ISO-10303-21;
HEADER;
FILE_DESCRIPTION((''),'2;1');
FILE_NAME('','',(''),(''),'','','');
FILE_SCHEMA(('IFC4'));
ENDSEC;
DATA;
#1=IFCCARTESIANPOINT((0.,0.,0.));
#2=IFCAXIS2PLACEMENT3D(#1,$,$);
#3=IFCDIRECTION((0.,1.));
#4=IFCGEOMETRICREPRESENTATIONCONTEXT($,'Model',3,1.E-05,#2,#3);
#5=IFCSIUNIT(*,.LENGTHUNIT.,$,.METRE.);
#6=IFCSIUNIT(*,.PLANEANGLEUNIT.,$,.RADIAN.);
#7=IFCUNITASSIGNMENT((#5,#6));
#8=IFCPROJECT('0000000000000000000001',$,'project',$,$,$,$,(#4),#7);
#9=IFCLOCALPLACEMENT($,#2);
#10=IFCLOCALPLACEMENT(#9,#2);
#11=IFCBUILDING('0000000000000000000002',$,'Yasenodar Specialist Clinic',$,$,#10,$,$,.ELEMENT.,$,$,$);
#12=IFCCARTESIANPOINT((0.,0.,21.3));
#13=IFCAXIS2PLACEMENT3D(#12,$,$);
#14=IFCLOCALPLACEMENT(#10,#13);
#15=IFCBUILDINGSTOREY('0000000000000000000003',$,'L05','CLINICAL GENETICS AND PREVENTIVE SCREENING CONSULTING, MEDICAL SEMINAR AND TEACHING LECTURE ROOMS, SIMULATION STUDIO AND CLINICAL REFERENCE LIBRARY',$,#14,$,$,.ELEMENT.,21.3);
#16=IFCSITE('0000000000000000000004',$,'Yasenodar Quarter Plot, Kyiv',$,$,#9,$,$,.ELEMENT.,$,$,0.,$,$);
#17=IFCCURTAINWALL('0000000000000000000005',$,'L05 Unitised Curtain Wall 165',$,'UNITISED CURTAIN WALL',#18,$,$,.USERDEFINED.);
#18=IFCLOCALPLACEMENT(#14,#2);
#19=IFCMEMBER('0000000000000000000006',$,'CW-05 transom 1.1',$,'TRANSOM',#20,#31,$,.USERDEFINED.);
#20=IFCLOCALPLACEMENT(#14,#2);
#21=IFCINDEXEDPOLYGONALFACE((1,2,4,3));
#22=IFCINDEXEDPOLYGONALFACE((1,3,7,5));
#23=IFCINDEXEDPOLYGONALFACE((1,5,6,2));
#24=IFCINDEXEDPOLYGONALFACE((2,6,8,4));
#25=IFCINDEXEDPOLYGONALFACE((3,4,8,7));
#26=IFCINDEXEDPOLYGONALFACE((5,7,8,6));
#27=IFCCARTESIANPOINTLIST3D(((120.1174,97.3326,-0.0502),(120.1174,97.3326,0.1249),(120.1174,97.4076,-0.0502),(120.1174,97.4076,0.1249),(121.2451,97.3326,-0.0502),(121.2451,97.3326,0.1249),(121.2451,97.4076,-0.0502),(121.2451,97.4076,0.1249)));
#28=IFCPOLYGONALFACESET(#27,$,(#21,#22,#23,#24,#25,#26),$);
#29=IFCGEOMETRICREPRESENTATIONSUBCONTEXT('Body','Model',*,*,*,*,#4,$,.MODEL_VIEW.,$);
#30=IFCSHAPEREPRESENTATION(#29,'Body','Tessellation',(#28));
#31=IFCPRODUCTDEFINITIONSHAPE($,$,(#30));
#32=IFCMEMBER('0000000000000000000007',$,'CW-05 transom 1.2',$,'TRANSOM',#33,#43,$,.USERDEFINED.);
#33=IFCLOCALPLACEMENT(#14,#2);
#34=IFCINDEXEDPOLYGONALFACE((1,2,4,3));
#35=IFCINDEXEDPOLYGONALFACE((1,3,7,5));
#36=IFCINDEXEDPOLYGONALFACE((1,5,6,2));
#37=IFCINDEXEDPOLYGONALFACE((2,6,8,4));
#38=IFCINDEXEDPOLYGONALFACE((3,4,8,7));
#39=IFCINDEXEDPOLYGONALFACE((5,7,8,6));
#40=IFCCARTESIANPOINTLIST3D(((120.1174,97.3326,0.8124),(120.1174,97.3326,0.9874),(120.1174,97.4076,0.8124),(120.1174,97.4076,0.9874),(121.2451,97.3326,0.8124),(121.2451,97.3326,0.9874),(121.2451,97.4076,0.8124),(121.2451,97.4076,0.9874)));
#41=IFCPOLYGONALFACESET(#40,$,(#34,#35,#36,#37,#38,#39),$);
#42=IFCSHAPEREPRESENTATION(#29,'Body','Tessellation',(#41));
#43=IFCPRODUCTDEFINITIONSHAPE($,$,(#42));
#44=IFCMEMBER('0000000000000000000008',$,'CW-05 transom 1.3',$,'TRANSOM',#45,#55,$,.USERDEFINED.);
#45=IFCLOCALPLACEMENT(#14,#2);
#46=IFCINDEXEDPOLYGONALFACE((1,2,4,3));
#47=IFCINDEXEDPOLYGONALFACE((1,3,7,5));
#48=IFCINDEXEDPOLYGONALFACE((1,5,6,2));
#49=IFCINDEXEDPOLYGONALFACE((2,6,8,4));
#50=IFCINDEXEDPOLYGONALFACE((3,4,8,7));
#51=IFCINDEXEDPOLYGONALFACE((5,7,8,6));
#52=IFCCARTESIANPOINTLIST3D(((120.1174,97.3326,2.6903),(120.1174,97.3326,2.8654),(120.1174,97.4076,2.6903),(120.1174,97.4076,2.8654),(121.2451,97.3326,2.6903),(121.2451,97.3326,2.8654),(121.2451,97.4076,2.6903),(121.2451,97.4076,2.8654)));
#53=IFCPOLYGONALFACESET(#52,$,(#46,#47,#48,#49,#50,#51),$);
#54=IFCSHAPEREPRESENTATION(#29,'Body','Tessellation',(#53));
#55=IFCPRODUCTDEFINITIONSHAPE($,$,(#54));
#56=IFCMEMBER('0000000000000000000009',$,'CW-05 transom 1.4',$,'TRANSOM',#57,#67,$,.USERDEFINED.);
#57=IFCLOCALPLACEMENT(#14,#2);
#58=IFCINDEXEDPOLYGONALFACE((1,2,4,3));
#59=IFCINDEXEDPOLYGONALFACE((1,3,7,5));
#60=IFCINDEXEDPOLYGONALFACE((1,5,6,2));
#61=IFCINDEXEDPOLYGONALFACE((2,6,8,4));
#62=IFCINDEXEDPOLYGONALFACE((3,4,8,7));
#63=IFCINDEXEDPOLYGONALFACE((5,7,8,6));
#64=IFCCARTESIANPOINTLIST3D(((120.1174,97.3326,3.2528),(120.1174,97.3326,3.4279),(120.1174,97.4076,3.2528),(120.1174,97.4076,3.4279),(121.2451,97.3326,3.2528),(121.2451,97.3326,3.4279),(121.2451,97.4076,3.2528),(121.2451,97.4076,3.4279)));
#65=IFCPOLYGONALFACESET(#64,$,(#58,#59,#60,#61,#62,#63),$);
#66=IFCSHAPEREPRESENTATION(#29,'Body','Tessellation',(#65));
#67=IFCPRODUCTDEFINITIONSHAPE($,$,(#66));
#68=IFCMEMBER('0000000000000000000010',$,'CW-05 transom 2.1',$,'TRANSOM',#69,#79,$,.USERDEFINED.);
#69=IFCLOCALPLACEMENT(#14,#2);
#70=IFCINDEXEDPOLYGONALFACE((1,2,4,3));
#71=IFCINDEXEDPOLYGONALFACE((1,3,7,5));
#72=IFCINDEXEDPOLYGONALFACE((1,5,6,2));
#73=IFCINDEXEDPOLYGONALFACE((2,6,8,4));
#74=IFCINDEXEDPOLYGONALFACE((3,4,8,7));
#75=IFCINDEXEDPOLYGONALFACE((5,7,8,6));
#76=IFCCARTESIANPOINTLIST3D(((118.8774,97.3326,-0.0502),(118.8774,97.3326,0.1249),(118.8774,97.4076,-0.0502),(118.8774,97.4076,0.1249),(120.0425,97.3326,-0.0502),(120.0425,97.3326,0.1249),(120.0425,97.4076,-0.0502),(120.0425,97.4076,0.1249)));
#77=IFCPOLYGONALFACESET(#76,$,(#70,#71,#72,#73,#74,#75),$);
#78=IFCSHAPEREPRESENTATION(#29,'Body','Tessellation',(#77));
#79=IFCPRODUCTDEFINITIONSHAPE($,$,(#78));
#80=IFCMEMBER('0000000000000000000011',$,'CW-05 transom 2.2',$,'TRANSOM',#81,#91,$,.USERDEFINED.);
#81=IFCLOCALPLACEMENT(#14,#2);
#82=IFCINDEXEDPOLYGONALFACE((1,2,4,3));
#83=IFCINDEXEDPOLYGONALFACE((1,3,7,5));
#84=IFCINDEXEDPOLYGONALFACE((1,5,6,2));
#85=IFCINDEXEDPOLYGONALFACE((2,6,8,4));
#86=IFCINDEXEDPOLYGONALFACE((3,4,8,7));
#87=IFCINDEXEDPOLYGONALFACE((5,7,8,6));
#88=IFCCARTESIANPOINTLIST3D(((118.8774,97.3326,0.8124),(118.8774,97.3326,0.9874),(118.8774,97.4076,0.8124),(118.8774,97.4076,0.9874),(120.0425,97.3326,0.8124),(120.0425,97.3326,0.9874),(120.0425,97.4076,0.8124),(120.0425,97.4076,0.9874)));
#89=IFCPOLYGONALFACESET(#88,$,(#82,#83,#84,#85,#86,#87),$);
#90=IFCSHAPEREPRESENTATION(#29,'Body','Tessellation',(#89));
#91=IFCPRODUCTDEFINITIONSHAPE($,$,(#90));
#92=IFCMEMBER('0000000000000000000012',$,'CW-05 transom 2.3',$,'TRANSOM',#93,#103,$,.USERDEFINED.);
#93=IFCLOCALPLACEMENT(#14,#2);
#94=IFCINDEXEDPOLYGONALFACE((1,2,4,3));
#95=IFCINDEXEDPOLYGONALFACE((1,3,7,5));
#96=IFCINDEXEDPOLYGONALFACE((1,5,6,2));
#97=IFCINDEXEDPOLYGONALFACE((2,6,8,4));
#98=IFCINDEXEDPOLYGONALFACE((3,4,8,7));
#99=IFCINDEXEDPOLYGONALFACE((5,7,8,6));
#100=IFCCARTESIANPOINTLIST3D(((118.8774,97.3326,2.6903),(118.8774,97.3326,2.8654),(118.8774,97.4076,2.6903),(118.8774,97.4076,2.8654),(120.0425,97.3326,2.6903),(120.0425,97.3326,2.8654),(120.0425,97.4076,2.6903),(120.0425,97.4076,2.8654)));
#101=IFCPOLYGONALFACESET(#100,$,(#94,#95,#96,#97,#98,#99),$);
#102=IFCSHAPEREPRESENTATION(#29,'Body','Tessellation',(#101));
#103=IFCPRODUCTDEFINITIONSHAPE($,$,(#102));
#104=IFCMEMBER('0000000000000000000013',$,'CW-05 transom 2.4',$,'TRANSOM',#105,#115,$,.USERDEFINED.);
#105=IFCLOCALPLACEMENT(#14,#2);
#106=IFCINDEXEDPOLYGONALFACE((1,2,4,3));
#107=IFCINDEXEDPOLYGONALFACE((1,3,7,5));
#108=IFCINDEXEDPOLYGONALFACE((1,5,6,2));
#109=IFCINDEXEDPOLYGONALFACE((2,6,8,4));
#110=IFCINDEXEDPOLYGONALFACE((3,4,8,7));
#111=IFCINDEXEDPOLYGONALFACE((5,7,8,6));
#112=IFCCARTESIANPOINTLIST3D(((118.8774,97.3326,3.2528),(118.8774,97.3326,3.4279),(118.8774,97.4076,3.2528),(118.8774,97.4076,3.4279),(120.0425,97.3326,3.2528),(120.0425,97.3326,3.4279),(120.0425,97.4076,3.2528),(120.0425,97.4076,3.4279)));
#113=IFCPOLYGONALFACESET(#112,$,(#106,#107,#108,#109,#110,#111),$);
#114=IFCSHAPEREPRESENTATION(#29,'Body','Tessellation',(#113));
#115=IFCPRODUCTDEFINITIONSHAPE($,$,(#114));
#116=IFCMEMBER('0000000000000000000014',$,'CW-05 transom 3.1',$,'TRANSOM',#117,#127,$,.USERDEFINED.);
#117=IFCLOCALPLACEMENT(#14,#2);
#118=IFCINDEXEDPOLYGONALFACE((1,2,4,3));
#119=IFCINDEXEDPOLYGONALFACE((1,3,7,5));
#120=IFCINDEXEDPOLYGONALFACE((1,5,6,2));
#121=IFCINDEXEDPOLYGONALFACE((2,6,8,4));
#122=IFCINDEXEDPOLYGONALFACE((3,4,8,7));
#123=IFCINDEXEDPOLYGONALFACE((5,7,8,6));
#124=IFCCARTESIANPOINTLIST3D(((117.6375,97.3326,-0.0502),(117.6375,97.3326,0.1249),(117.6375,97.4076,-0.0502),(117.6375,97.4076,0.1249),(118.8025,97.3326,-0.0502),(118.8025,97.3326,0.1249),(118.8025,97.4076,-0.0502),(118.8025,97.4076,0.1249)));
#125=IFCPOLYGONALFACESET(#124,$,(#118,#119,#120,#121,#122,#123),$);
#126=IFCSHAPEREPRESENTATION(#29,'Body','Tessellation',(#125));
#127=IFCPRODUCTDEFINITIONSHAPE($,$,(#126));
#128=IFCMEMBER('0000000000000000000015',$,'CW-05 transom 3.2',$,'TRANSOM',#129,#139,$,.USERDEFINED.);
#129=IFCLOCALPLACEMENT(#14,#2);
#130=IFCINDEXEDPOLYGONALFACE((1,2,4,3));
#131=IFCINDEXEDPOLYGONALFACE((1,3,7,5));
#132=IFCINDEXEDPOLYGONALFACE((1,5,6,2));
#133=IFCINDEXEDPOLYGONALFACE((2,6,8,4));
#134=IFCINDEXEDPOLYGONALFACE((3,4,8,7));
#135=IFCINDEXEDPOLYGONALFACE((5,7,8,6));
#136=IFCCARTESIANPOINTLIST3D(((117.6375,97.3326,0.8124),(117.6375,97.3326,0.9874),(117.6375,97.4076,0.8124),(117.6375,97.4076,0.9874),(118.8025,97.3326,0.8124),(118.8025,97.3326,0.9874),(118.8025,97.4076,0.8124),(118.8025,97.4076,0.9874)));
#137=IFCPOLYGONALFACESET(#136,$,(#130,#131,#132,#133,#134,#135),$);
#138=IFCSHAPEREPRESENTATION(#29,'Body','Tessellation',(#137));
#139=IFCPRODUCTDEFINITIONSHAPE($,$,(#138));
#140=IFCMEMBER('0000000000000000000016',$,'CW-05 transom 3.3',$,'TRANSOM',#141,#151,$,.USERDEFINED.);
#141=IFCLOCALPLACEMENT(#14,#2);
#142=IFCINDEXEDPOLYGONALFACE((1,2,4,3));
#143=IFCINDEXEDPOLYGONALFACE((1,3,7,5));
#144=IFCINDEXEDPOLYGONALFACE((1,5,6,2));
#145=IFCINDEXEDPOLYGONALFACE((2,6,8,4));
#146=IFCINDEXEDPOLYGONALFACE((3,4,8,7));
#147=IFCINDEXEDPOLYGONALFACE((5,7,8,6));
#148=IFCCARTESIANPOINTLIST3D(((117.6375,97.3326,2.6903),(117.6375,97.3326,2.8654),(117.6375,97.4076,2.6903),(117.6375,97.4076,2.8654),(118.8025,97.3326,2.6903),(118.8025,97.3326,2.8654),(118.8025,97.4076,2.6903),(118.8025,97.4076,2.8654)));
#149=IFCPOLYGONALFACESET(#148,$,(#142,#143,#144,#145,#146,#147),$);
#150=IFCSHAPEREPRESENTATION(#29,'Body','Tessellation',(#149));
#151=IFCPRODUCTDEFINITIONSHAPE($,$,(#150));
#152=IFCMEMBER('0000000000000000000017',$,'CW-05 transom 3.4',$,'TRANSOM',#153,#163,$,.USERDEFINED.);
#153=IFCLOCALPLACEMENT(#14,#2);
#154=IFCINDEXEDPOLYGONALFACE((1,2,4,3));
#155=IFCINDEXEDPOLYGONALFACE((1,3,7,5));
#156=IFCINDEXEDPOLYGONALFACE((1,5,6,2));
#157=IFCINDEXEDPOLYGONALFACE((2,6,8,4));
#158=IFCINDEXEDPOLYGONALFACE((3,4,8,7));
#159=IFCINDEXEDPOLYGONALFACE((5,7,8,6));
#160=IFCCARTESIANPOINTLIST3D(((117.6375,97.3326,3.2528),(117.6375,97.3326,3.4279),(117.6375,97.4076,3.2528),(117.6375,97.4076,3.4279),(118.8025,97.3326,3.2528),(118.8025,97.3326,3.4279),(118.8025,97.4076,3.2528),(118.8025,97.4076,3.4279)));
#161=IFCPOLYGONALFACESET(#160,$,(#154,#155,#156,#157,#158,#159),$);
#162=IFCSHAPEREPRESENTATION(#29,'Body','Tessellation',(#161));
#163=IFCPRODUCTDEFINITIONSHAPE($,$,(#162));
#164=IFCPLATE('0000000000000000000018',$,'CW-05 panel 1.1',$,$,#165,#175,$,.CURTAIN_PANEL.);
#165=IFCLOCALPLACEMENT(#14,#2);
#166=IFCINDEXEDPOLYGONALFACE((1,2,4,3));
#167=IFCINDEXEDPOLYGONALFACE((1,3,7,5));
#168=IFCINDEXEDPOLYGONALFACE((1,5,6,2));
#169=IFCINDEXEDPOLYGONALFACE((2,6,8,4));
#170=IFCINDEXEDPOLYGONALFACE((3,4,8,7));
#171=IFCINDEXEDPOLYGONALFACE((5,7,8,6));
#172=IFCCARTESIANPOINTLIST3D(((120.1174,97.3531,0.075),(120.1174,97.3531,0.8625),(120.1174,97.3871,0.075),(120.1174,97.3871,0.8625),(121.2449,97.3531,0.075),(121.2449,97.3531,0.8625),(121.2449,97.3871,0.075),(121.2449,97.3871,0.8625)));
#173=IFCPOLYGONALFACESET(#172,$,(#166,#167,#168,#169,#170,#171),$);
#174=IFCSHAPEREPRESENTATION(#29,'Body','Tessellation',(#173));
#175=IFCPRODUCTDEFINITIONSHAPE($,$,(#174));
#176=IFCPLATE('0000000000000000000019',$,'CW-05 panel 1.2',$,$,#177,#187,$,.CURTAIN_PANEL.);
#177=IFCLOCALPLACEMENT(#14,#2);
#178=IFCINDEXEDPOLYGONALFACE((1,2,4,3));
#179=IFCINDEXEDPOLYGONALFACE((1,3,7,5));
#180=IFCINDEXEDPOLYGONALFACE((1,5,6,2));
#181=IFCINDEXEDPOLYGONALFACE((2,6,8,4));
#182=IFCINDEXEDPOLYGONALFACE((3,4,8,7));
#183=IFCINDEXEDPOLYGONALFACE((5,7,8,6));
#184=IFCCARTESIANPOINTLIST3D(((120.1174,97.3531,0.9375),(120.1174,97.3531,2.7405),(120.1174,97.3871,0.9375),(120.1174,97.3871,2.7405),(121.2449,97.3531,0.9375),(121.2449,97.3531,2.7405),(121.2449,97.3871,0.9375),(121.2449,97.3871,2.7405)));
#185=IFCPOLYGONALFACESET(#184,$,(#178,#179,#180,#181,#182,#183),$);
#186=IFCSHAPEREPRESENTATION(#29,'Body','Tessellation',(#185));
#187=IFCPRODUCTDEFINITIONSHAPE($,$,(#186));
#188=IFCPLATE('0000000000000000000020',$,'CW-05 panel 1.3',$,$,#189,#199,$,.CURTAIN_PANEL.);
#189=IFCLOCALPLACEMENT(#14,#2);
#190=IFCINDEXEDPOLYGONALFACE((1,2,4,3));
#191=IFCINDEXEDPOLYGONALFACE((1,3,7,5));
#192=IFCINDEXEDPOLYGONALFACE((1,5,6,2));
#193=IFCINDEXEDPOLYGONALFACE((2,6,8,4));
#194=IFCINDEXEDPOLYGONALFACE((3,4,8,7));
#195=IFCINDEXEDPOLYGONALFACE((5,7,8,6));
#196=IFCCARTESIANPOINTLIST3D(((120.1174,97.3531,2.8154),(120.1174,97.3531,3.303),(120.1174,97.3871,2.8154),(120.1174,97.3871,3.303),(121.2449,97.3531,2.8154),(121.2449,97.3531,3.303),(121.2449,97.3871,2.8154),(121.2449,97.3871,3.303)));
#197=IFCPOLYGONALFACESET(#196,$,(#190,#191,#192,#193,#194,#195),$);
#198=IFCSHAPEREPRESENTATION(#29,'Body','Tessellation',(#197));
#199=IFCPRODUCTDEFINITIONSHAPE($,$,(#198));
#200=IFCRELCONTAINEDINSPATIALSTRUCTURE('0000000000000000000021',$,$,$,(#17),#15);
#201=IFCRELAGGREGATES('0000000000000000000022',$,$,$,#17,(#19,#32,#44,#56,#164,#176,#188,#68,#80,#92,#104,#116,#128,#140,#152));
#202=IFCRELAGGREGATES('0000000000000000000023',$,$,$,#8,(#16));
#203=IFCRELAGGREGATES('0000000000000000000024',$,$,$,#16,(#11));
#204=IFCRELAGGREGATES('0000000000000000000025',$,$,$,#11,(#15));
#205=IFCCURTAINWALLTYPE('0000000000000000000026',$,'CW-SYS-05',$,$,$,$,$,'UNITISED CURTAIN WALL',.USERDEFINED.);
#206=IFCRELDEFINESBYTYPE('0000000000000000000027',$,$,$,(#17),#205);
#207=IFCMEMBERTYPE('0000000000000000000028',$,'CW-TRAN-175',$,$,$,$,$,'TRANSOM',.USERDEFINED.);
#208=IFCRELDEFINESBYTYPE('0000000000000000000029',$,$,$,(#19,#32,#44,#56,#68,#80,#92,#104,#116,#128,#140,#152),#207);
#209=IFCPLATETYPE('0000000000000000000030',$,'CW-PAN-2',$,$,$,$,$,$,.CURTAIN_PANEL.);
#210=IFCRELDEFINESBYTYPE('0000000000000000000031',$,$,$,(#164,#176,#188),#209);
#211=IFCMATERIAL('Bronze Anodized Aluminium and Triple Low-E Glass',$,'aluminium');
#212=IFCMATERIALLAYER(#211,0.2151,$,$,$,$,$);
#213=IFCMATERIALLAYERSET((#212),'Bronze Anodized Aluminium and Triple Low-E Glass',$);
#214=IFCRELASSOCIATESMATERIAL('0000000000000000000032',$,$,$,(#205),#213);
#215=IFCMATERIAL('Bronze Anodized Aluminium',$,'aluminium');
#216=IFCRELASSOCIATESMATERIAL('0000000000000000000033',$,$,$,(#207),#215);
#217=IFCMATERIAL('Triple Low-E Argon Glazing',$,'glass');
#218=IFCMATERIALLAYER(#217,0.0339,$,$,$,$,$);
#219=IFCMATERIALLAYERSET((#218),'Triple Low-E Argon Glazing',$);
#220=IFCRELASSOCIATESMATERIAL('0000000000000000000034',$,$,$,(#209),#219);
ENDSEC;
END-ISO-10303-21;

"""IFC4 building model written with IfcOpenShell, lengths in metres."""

from ifc_helpers import new_model, si_unit, direction, frame, origin, origin_2d, place, context, subcontext, project, spatial, rectangle, extrude, material, layer, layer_set, material_profile, profile_set, type_object, element, aggregate, save


model = new_model("IFC4")

# Units and contexts
model_context = context("Model", 3, precision=1e-05, world=origin(), true_north=direction((0.0, 1.0)))
body_context = subcontext(model_context, "Body", "Model", "MODEL_VIEW")
ifc_project = project(units=[si_unit("LENGTHUNIT", "METRE"), si_unit("PLANEANGLEUNIT", "RADIAN")], contexts=[model_context])

# Site, building, storey
site_placement = place(None, origin())
site = spatial("IfcSite", under=ifc_project, at=site_placement, Name="Yasenodar Quarter Plot, Kyiv", CompositionType="ELEMENT", RefElevation=0.0)
building_placement = place(site_placement, origin())
building = spatial("IfcBuilding", under=site, at=building_placement, Name="Yasenodar Specialist Clinic", CompositionType="ELEMENT")
storey_placement = place(building_placement, frame((0.0, 0.0, 21.3)))
storey = spatial("IfcBuildingStorey", under=building, at=storey_placement, Name="L05", Description="CLINICAL GENETICS AND PREVENTIVE SCREENING CONSULTING, MEDICAL SEMINAR AND TEACHING LECTURE ROOMS, SIMULATION STUDIO AND CLINICAL REFERENCE LIBRARY", CompositionType="ELEMENT", Elevation=21.3)

# Curtain wall, members, plates
ifc_material_1 = material(Name="Bronze Anodized Aluminium and Triple Low-E Glass", Category="aluminium")
ifc_layer_1 = layer(ifc_material_1, 0.2151)
ifc_layer_set_1 = layer_set([ifc_layer_1], Name="Bronze Anodized Aluminium and Triple Low-E Glass")
curtain_wall_type = type_object("IfcCurtainWallType", Name="CW-SYS-05", ElementType="UNITISED CURTAIN WALL", PredefinedType="USERDEFINED", material=ifc_layer_set_1)
curtain_wall_placement = place(storey_placement, origin())
curtain_wall = element("IfcCurtainWall", 1, at=curtain_wall_placement, inside=storey, type_object=curtain_wall_type, Name="L05 Unitised Curtain Wall 165", ObjectType="UNITISED CURTAIN WALL", PredefinedType="USERDEFINED")
ifc_material_2 = material(Name="Bronze Anodized Aluminium", Category="aluminium")
ifc_material_profile_1 = material_profile(ifc_material_2, rectangle(XDim=0.075, YDim=0.175, at=origin_2d()), Name="CW-TRAN 75x175")
ifc_profile_set_1 = profile_set([ifc_material_profile_1], Name="Bronze Anodized Aluminium")
member_type_1 = type_object("IfcMemberType", Name="CW-TRAN-175", ElementType="TRANSOM", PredefinedType="USERDEFINED", material=ifc_profile_set_1)
member_1_placement = place(storey_placement, frame((121.2451, 97.3701, 0.0374), z_axis=(-1.0, 0.0, 0.0), x_axis=(0.0, -1.0, 0.0)))
member_1 = element("IfcMember", 2, at=member_1_placement, type_object=member_type_1, Name="CW-05 transom 1.1", ObjectType="TRANSOM", PredefinedType="USERDEFINED", context=body_context, shape_type="SweptSolid", body=[
    extrude(rectangle(XDim=0.075, YDim=0.175, at=origin_2d()), origin(), (0.0, 0.0, 1.0), 1.1277),
])
member_2_placement = place(storey_placement, frame((121.2451, 97.3701, 0.8999), z_axis=(-1.0, 0.0, 0.0), x_axis=(0.0, -1.0, 0.0)))
member_2 = element("IfcMember", 3, at=member_2_placement, type_object=member_type_1, Name="CW-05 transom 1.2", ObjectType="TRANSOM", PredefinedType="USERDEFINED", context=body_context, shape_type="SweptSolid", body=[
    extrude(rectangle(XDim=0.075, YDim=0.175, at=origin_2d()), origin(), (0.0, 0.0, 1.0), 1.1277),
])
member_3_placement = place(storey_placement, frame((121.2451, 97.3701, 2.7778), z_axis=(-1.0, 0.0, 0.0), x_axis=(0.0, -1.0, 0.0)))
member_3 = element("IfcMember", 4, at=member_3_placement, type_object=member_type_1, Name="CW-05 transom 1.3", ObjectType="TRANSOM", PredefinedType="USERDEFINED", context=body_context, shape_type="SweptSolid", body=[
    extrude(rectangle(XDim=0.075, YDim=0.175, at=origin_2d()), origin(), (0.0, 0.0, 1.0), 1.1277),
])
member_4_placement = place(storey_placement, frame((121.2451, 97.3701, 3.3403), z_axis=(-1.0, 0.0, 0.0), x_axis=(0.0, -1.0, 0.0)))
member_4 = element("IfcMember", 5, at=member_4_placement, type_object=member_type_1, Name="CW-05 transom 1.4", ObjectType="TRANSOM", PredefinedType="USERDEFINED", context=body_context, shape_type="SweptSolid", body=[
    extrude(rectangle(XDim=0.075, YDim=0.175, at=origin_2d()), origin(), (0.0, 0.0, 1.0), 1.1277),
])
member_5_placement = place(storey_placement, frame((120.0425, 97.3701, 0.0374), z_axis=(-1.0, 0.0, 0.0), x_axis=(0.0, -1.0, 0.0)))
member_5 = element("IfcMember", 6, at=member_5_placement, type_object=member_type_1, Name="CW-05 transom 2.1", ObjectType="TRANSOM", PredefinedType="USERDEFINED", context=body_context, shape_type="SweptSolid", body=[
    extrude(rectangle(XDim=0.075, YDim=0.175, at=origin_2d()), origin(), (0.0, 0.0, 1.0), 1.165),
])
member_6_placement = place(storey_placement, frame((120.0425, 97.3701, 0.8999), z_axis=(-1.0, 0.0, 0.0), x_axis=(0.0, -1.0, 0.0)))
member_6 = element("IfcMember", 7, at=member_6_placement, type_object=member_type_1, Name="CW-05 transom 2.2", ObjectType="TRANSOM", PredefinedType="USERDEFINED", context=body_context, shape_type="SweptSolid", body=[
    extrude(rectangle(XDim=0.075, YDim=0.175, at=origin_2d()), origin(), (0.0, 0.0, 1.0), 1.165),
])
member_7_placement = place(storey_placement, frame((120.0425, 97.3701, 2.7778), z_axis=(-1.0, 0.0, 0.0), x_axis=(0.0, -1.0, 0.0)))
member_7 = element("IfcMember", 8, at=member_7_placement, type_object=member_type_1, Name="CW-05 transom 2.3", ObjectType="TRANSOM", PredefinedType="USERDEFINED", context=body_context, shape_type="SweptSolid", body=[
    extrude(rectangle(XDim=0.075, YDim=0.175, at=origin_2d()), origin(), (0.0, 0.0, 1.0), 1.165),
])
member_8_placement = place(storey_placement, frame((120.0425, 97.3701, 3.3403), z_axis=(-1.0, 0.0, 0.0), x_axis=(0.0, -1.0, 0.0)))
member_8 = element("IfcMember", 9, at=member_8_placement, type_object=member_type_1, Name="CW-05 transom 2.4", ObjectType="TRANSOM", PredefinedType="USERDEFINED", context=body_context, shape_type="SweptSolid", body=[
    extrude(rectangle(XDim=0.075, YDim=0.175, at=origin_2d()), origin(), (0.0, 0.0, 1.0), 1.165),
])
member_9_placement = place(storey_placement, frame((118.8025, 97.3701, 0.0374), z_axis=(-1.0, 0.0, 0.0), x_axis=(0.0, -1.0, 0.0)))
member_9 = element("IfcMember", 10, at=member_9_placement, type_object=member_type_1, Name="CW-05 transom 3.1", ObjectType="TRANSOM", PredefinedType="USERDEFINED", context=body_context, shape_type="SweptSolid", body=[
    extrude(rectangle(XDim=0.075, YDim=0.175, at=origin_2d()), origin(), (0.0, 0.0, 1.0), 1.165),
])
member_10_placement = place(storey_placement, frame((118.8025, 97.3701, 0.8999), z_axis=(-1.0, 0.0, 0.0), x_axis=(0.0, -1.0, 0.0)))
member_10 = element("IfcMember", 11, at=member_10_placement, type_object=member_type_1, Name="CW-05 transom 3.2", ObjectType="TRANSOM", PredefinedType="USERDEFINED", context=body_context, shape_type="SweptSolid", body=[
    extrude(rectangle(XDim=0.075, YDim=0.175, at=origin_2d()), origin(), (0.0, 0.0, 1.0), 1.165),
])
member_11_placement = place(storey_placement, frame((118.8025, 97.3701, 2.7778), z_axis=(-1.0, 0.0, 0.0), x_axis=(0.0, -1.0, 0.0)))
member_11 = element("IfcMember", 12, at=member_11_placement, type_object=member_type_1, Name="CW-05 transom 3.3", ObjectType="TRANSOM", PredefinedType="USERDEFINED", context=body_context, shape_type="SweptSolid", body=[
    extrude(rectangle(XDim=0.075, YDim=0.175, at=origin_2d()), origin(), (0.0, 0.0, 1.0), 1.165),
])
member_12_placement = place(storey_placement, frame((118.8025, 97.3701, 3.3403), z_axis=(-1.0, 0.0, 0.0), x_axis=(0.0, -1.0, 0.0)))
member_12 = element("IfcMember", 13, at=member_12_placement, type_object=member_type_1, Name="CW-05 transom 3.4", ObjectType="TRANSOM", PredefinedType="USERDEFINED", context=body_context, shape_type="SweptSolid", body=[
    extrude(rectangle(XDim=0.075, YDim=0.175, at=origin_2d()), origin(), (0.0, 0.0, 1.0), 1.165),
])
ifc_material_3 = material(Name="Triple Low-E Argon Glazing", Category="glass")
ifc_layer_2 = layer(ifc_material_3, 0.0339)
ifc_layer_set_2 = layer_set([ifc_layer_2], Name="Triple Low-E Argon Glazing")
plate_type = type_object("IfcPlateType", Name="CW-PAN-2", PredefinedType="CURTAIN_PANEL", material=ifc_layer_set_2)
plate_1_placement = place(storey_placement, frame((120.6812, 97.3701, 0.075), z_axis=(0.0, 0.0, 1.0), x_axis=(-1.0, 0.0, 0.0)))
plate_1 = element("IfcPlate", 14, at=plate_1_placement, type_object=plate_type, Name="CW-05 panel 1.1", PredefinedType="CURTAIN_PANEL", context=body_context, shape_type="SweptSolid", body=[
    extrude(rectangle(XDim=1.1274, YDim=0.0339, at=origin_2d()), origin(), (0.0, 0.0, 1.0), 0.7876),
])
plate_2_placement = place(storey_placement, frame((120.6812, 97.3701, 0.9375), z_axis=(0.0, 0.0, 1.0), x_axis=(-1.0, 0.0, 0.0)))
plate_2 = element("IfcPlate", 15, at=plate_2_placement, type_object=plate_type, Name="CW-05 panel 1.2", PredefinedType="CURTAIN_PANEL", context=body_context, shape_type="SweptSolid", body=[
    extrude(rectangle(XDim=1.1274, YDim=0.0339, at=origin_2d()), origin(), (0.0, 0.0, 1.0), 1.803),
])
plate_3_placement = place(storey_placement, frame((120.6812, 97.3701, 2.8154), z_axis=(0.0, 0.0, 1.0), x_axis=(-1.0, 0.0, 0.0)))
plate_3 = element("IfcPlate", 16, at=plate_3_placement, type_object=plate_type, Name="CW-05 panel 1.3", PredefinedType="CURTAIN_PANEL", context=body_context, shape_type="SweptSolid", body=[
    extrude(rectangle(XDim=1.1274, YDim=0.0339, at=origin_2d()), origin(), (0.0, 0.0, 1.0), 0.4875),
])
aggregate(curtain_wall, [member_1, member_2, member_3, member_4, plate_1, plate_2, plate_3, member_5, member_6, member_7, member_8, member_9, member_10, member_11, member_12])

save(model, "model.ifc")
